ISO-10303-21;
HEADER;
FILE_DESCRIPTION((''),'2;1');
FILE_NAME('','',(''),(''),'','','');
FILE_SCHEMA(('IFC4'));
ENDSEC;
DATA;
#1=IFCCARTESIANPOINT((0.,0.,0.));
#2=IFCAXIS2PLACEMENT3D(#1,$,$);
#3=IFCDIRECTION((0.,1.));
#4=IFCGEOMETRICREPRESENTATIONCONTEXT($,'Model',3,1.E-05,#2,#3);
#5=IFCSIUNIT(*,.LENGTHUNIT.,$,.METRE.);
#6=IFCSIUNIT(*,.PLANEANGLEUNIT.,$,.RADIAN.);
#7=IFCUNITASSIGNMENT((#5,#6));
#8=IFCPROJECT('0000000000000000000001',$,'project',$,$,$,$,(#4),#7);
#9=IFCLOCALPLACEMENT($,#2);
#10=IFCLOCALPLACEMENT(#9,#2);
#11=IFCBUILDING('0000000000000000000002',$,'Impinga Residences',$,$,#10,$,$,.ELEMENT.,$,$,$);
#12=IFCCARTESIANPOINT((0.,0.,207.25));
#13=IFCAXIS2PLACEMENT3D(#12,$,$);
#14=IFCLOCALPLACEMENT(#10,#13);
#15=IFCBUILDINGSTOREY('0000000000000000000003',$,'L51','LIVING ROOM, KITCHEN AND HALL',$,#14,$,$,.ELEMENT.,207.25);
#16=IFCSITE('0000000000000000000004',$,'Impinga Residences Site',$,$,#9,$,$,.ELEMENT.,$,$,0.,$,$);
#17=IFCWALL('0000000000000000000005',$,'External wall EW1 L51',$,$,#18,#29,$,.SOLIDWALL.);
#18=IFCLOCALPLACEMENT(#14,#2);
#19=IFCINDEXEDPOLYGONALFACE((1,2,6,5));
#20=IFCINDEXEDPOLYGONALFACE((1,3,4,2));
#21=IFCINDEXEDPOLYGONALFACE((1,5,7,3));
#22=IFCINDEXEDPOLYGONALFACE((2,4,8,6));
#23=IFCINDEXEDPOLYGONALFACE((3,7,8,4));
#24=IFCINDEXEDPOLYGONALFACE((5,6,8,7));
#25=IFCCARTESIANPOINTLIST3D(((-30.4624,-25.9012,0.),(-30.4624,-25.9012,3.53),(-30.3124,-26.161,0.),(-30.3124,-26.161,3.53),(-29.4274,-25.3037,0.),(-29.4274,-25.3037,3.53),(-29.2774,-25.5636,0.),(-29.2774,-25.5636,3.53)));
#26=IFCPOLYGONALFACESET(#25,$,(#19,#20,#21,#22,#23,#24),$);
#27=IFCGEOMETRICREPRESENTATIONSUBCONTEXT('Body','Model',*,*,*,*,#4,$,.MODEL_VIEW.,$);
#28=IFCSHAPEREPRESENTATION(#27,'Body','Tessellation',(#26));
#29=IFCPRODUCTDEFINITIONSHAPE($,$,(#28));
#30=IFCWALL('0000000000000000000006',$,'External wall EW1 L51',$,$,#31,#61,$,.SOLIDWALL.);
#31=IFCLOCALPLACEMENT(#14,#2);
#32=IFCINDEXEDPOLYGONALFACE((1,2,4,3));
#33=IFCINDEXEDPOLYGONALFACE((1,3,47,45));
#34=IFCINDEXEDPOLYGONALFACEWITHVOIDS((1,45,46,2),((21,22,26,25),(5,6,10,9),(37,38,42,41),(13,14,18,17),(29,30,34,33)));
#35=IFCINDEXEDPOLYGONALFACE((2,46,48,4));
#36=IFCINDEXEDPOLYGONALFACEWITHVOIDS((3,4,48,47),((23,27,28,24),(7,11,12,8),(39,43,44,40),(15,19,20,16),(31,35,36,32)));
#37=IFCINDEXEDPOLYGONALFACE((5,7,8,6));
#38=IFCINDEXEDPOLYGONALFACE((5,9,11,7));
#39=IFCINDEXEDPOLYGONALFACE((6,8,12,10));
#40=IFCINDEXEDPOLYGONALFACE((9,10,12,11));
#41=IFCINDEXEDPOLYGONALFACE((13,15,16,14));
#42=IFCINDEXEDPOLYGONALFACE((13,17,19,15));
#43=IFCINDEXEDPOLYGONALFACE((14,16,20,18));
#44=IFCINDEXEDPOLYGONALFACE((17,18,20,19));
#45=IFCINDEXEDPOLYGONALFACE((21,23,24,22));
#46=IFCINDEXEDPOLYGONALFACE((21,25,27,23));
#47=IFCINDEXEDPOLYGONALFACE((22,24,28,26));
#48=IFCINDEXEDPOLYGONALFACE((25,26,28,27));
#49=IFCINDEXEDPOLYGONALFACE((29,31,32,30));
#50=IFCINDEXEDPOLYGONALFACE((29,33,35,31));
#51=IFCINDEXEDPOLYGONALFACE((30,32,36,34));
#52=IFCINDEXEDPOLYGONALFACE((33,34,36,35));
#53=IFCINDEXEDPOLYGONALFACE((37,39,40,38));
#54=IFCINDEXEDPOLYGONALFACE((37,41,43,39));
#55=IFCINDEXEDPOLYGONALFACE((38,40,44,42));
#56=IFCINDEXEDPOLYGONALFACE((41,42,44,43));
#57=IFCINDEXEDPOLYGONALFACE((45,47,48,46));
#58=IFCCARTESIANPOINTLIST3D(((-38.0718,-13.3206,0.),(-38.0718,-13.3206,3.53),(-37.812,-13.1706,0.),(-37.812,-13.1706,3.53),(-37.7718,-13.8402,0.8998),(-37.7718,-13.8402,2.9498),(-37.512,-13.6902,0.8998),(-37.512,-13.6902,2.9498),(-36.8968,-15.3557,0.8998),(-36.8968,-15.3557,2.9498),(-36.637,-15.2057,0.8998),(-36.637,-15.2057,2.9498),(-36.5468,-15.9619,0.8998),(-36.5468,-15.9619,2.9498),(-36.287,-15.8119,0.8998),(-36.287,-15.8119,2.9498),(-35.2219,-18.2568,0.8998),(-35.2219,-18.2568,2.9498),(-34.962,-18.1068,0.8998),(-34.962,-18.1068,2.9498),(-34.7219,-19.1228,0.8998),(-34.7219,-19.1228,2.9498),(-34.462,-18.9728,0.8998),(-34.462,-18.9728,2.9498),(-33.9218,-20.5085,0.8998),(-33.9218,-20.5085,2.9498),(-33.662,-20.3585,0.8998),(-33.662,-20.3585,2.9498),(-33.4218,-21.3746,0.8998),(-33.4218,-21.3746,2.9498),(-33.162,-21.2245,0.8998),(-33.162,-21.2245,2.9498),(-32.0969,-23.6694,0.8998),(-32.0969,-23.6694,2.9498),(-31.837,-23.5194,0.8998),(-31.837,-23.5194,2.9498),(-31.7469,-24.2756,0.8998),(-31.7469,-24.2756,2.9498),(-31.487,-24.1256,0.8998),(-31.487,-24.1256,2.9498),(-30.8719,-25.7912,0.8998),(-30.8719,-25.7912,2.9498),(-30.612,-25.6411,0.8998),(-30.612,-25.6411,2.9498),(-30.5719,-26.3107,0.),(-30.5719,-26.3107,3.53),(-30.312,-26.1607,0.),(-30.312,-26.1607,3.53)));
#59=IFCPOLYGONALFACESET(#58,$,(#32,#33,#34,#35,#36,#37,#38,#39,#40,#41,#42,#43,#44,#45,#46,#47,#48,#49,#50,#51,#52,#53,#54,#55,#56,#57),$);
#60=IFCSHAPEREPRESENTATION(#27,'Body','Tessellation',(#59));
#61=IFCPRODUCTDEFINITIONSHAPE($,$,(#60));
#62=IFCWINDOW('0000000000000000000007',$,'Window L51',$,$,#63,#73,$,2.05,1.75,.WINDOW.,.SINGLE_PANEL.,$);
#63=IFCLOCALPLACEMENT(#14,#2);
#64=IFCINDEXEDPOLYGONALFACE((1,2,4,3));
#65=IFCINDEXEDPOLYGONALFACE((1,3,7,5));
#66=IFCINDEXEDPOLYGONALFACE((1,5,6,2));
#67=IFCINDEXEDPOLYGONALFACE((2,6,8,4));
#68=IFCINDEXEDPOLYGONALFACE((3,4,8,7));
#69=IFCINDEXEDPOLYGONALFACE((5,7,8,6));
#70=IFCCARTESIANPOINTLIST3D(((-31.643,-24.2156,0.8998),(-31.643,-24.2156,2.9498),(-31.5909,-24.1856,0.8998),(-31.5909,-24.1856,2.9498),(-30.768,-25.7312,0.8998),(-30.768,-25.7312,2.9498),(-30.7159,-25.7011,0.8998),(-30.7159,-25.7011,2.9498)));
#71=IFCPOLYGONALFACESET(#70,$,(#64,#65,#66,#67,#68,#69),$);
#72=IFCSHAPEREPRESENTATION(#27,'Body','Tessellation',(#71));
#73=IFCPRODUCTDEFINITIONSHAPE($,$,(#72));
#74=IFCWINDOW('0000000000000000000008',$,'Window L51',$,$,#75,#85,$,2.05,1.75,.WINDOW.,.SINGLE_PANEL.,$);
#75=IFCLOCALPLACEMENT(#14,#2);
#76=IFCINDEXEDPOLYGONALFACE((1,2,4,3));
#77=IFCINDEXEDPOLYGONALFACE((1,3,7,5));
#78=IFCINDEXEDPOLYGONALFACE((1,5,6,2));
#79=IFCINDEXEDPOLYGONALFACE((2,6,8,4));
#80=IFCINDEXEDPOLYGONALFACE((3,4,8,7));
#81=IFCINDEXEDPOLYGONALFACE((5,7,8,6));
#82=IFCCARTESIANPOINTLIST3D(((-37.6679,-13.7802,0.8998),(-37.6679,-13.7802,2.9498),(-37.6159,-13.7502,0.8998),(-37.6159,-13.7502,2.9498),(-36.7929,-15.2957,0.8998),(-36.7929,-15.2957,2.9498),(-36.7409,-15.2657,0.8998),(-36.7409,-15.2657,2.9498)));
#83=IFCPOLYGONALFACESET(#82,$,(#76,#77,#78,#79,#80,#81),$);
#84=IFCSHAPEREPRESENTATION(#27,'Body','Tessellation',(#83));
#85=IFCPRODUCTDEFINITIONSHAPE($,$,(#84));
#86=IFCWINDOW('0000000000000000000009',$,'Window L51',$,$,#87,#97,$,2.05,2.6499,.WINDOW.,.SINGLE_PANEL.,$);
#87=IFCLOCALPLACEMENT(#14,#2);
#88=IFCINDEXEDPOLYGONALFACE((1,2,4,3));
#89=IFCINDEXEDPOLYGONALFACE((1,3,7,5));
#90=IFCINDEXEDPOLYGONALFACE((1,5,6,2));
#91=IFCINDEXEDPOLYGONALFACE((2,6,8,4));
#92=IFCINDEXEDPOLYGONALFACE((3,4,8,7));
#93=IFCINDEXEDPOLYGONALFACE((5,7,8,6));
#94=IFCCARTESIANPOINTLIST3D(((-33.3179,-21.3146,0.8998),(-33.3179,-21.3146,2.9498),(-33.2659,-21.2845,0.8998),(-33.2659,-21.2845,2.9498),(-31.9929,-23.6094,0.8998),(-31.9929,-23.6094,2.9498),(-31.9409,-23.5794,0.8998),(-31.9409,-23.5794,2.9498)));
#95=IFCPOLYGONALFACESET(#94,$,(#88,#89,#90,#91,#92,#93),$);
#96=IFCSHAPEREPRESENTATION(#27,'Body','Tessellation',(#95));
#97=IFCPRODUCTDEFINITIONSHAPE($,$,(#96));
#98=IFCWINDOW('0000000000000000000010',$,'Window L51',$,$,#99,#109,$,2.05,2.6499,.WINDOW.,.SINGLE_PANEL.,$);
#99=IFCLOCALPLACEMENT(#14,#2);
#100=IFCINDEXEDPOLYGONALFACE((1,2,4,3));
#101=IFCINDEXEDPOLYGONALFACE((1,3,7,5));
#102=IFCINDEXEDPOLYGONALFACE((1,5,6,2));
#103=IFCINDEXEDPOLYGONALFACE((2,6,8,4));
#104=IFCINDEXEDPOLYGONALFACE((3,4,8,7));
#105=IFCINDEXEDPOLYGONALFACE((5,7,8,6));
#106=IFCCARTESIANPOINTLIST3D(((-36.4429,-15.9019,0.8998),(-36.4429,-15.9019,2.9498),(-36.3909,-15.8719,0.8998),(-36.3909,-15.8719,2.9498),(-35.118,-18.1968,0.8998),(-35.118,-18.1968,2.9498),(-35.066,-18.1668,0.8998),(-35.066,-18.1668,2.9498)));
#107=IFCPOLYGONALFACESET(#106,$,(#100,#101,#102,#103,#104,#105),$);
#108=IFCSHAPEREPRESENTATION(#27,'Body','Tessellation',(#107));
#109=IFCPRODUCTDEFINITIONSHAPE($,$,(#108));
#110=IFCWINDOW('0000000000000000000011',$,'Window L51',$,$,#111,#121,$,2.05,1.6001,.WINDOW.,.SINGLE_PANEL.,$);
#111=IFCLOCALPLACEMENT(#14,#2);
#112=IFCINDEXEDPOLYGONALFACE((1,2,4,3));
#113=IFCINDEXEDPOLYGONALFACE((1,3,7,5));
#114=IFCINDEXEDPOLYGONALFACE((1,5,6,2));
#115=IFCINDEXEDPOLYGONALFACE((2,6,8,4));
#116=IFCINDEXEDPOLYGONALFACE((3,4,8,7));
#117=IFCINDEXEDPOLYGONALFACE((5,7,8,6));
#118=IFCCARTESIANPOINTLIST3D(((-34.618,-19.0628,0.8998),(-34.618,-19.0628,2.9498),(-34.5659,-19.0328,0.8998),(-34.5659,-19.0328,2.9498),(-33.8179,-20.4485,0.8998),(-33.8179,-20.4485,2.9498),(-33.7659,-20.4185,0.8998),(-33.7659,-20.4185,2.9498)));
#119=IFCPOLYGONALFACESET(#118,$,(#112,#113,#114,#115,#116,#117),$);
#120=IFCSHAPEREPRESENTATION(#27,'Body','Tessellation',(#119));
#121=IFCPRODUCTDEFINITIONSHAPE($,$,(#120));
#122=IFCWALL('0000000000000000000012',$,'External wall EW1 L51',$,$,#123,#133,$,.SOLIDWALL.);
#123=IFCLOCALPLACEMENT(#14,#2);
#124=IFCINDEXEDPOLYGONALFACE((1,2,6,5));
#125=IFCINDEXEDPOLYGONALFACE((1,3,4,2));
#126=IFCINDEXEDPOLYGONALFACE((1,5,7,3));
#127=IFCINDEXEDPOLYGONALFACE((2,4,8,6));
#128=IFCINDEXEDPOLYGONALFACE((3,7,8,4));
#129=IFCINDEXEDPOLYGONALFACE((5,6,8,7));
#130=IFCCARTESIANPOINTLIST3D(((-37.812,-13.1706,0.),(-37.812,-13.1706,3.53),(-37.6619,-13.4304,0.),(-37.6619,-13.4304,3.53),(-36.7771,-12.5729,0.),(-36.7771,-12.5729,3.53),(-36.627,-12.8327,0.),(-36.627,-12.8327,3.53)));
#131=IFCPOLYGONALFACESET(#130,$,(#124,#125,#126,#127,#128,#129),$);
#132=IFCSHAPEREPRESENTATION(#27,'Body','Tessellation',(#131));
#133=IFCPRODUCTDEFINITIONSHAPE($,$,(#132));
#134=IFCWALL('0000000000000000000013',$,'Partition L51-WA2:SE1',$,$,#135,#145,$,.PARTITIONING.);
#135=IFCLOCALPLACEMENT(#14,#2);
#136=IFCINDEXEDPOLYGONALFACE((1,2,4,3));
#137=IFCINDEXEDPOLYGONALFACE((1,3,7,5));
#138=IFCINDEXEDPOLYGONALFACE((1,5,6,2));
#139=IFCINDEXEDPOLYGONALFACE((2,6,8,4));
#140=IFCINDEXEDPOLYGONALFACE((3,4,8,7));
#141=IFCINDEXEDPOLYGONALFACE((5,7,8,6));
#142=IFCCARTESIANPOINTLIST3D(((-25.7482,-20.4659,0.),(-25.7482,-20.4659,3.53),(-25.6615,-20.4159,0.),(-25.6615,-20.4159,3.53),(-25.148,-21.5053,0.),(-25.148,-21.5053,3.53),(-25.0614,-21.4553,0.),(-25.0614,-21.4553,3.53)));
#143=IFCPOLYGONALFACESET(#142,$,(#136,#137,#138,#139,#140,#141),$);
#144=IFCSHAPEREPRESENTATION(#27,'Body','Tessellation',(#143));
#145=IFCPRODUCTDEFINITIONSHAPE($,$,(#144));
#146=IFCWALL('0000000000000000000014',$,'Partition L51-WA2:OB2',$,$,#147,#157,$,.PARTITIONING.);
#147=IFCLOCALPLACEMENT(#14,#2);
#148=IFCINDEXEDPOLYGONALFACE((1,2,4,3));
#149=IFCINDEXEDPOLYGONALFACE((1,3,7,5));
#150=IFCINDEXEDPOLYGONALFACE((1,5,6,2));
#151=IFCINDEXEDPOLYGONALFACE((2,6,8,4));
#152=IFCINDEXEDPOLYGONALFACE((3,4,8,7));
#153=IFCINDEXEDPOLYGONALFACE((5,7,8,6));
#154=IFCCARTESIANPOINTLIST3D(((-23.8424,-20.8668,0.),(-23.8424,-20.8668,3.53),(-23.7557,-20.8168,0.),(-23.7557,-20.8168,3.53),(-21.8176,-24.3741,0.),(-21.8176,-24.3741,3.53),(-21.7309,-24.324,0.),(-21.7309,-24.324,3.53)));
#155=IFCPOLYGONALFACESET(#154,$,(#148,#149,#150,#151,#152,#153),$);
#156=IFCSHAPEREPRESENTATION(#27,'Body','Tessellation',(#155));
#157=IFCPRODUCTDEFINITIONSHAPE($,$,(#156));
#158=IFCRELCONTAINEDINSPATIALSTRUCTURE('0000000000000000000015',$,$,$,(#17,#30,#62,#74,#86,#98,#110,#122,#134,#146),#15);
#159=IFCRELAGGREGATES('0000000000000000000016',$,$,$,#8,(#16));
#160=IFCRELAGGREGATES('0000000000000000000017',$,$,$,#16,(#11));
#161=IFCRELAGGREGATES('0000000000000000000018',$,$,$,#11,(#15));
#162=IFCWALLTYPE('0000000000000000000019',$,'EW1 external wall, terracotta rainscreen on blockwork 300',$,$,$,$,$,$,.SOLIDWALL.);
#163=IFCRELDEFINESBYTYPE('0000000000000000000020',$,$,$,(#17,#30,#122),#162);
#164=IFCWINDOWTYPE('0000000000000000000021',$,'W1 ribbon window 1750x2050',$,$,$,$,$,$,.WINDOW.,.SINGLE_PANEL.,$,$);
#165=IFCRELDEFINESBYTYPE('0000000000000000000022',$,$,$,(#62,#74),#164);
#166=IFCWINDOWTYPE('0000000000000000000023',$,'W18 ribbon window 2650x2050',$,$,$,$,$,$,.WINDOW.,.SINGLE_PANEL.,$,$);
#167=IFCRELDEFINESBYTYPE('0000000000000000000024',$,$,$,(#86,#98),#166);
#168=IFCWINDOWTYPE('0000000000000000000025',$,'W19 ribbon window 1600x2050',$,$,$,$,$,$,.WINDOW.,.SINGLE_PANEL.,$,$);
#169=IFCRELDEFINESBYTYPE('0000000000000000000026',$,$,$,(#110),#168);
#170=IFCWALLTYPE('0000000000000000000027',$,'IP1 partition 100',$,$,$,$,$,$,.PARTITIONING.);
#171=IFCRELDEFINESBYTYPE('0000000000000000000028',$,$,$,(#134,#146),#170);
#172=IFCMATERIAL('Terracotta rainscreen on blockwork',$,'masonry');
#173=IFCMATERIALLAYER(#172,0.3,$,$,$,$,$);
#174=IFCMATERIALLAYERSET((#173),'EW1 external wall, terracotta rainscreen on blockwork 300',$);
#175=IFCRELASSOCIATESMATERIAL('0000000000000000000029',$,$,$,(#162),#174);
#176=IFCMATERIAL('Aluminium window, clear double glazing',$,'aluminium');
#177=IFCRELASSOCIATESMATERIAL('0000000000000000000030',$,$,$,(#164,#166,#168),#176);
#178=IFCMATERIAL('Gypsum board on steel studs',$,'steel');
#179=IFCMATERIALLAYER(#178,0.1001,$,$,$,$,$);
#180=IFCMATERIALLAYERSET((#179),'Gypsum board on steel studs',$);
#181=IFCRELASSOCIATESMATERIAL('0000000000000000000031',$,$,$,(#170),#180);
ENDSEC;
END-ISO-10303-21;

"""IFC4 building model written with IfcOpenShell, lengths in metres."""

from ifc_helpers import new_model, si_unit, direction, frame, frame_2d, origin, place, context, subcontext, project, spatial, rectangle, extrude, material, layer, layer_set, type_object, element, fill, save


model = new_model("IFC4")

# Units and contexts
model_context = context("Model", 3, precision=1e-05, world=origin(), true_north=direction((0.0, 1.0)))
body_context = subcontext(model_context, "Body", "Model", "MODEL_VIEW")
ifc_project = project(units=[si_unit("LENGTHUNIT", "METRE"), si_unit("PLANEANGLEUNIT", "RADIAN")], contexts=[model_context])

# Site, building, storey
site_placement = place(None, origin())
site = spatial("IfcSite", under=ifc_project, at=site_placement, Name="Impinga Residences Site", CompositionType="ELEMENT", RefElevation=0.0)
building_placement = place(site_placement, origin())
building = spatial("IfcBuilding", under=site, at=building_placement, Name="Impinga Residences", CompositionType="ELEMENT")
storey_placement = place(building_placement, frame((0.0, 0.0, 207.25)))
storey = spatial("IfcBuildingStorey", under=building, at=storey_placement, Name="L51", Description="LIVING ROOM, KITCHEN AND HALL", CompositionType="ELEMENT", Elevation=207.25)

# Wall
ifc_material_1 = material(Name="Terracotta rainscreen on blockwork", Category="masonry")
ifc_layer_1 = layer(ifc_material_1, 0.3)
ifc_layer_set_1 = layer_set([ifc_layer_1], Name="EW1 external wall, terracotta rainscreen on blockwork 300")
wall_type_1 = type_object("IfcWallType", Name="EW1 external wall, terracotta rainscreen on blockwork 300", PredefinedType="SOLIDWALL", material=ifc_layer_set_1)
wall_1_placement = place(storey_placement, frame((-29.3523, -25.4336, 0.0), z_axis=(0.0, 0.0, 1.0), x_axis=(-0.86606, -0.499941, 0.0)))
element("IfcWall", 1, at=wall_1_placement, inside=storey, type_object=wall_type_1, Name="External wall EW1 L51", PredefinedType="SOLIDWALL", context=body_context, shape_type="SweptSolid", body=[
    extrude(rectangle(XDim=1.1951, YDim=0.3, at=frame_2d((0.5977, 0.0))), origin(), (0.0, 0.0, 1.0), 3.53),
])

# Wall, openings, windows
wall_2_placement = place(storey_placement, frame((-30.4419, -26.2358, 0.0), z_axis=(0.0, 0.0, 1.0), x_axis=(-0.500004, 0.866023, 0.0)))
wall_2 = element("IfcWall", 2, at=wall_2_placement, inside=storey, type_object=wall_type_1, Name="External wall EW1 L51", PredefinedType="SOLIDWALL", context=body_context, shape_type="SweptSolid", body=[
    extrude(rectangle(XDim=14.9998, YDim=0.3, at=frame_2d((7.5, 0.0))), origin(), (0.0, 0.0, 1.0), 3.53),
])
opening_1_placement = place(wall_2_placement, frame((0.6001, 0.0, 0.8999)))
opening_1 = element("IfcOpeningElement", 3, at=opening_1_placement, cuts=wall_2, PredefinedType="OPENING", context=body_context, shape_type="SweptSolid", body=[
    extrude(rectangle(XDim=1.75, YDim=2.05, at=frame_2d((0.875, 1.0249))), frame((0.0, 0.1599, 0.0), z_axis=(0.0, -1.0, 0.0), x_axis=(1.0, 0.0, 0.0)), (0.0, 0.0, 1.0), 0.3201),
])
opening_2_placement = place(wall_2_placement, frame((3.05, 0.0, 0.8999)))
opening_2 = element("IfcOpeningElement", 4, at=opening_2_placement, cuts=wall_2, PredefinedType="OPENING", context=body_context, shape_type="SweptSolid", body=[
    extrude(rectangle(XDim=2.6499, YDim=2.05, at=frame_2d((1.325, 1.0249))), frame((0.0, 0.1599, 0.0), z_axis=(0.0, -1.0, 0.0), x_axis=(1.0, 0.0, 0.0)), (0.0, 0.0, 1.0), 0.3201),
])
opening_3_placement = place(wall_2_placement, frame((6.7, 0.0, 0.8999)))
opening_3 = element("IfcOpeningElement", 5, at=opening_3_placement, cuts=wall_2, PredefinedType="OPENING", context=body_context, shape_type="SweptSolid", body=[
    extrude(rectangle(XDim=1.6001, YDim=2.05, at=frame_2d((0.8, 1.0249))), frame((0.0, 0.1599, 0.0), z_axis=(0.0, -1.0, 0.0), x_axis=(1.0, 0.0, 0.0)), (0.0, 0.0, 1.0), 0.3201),
])
opening_4_placement = place(wall_2_placement, frame((9.3, 0.0, 0.8999)))
opening_4 = element("IfcOpeningElement", 6, at=opening_4_placement, cuts=wall_2, PredefinedType="OPENING", context=body_context, shape_type="SweptSolid", body=[
    extrude(rectangle(XDim=2.6499, YDim=2.05, at=frame_2d((1.325, 1.0249))), frame((0.0, 0.1599, 0.0), z_axis=(0.0, -1.0, 0.0), x_axis=(1.0, 0.0, 0.0)), (0.0, 0.0, 1.0), 0.3201),
])
opening_5_placement = place(wall_2_placement, frame((12.6499, 0.0, 0.8999)))
opening_5 = element("IfcOpeningElement", 7, at=opening_5_placement, cuts=wall_2, PredefinedType="OPENING", context=body_context, shape_type="SweptSolid", body=[
    extrude(rectangle(XDim=1.75, YDim=2.05, at=frame_2d((0.875, 1.0249))), frame((0.0, 0.1599, 0.0), z_axis=(0.0, -1.0, 0.0), x_axis=(1.0, 0.0, 0.0)), (0.0, 0.0, 1.0), 0.3201),
])
ifc_material_2 = material(Name="Aluminium window, clear double glazing", Category="aluminium")
window_type_1 = type_object("IfcWindowType", Name="W1 ribbon window 1750x2050", PartitioningType="SINGLE_PANEL", PredefinedType="WINDOW", material=ifc_material_2)
window_1_placement = place(opening_1_placement, origin())
window_1 = element("IfcWindow", 8, at=window_1_placement, inside=storey, type_object=window_type_1, Name="Window L51", OverallHeight=2.05, OverallWidth=1.75, PartitioningType="SINGLE_PANEL", PredefinedType="WINDOW", context=body_context, shape_type="SweptSolid", body=[
    extrude(rectangle(XDim=1.75, YDim=2.05, at=frame_2d((0.875, 1.0249))), frame((0.0, 0.03, 0.0), z_axis=(0.0, -1.0, 0.0), x_axis=(1.0, 0.0, 0.0)), (0.0, 0.0, 1.0), 0.0601),
])
fill(opening_1, window_1)
window_2_placement = place(opening_5_placement, origin())
window_2 = element("IfcWindow", 9, at=window_2_placement, inside=storey, type_object=window_type_1, Name="Window L51", OverallHeight=2.05, OverallWidth=1.75, PartitioningType="SINGLE_PANEL", PredefinedType="WINDOW", context=body_context, shape_type="SweptSolid", body=[
    extrude(rectangle(XDim=1.75, YDim=2.05, at=frame_2d((0.875, 1.0249))), frame((0.0, 0.03, 0.0), z_axis=(0.0, -1.0, 0.0), x_axis=(1.0, 0.0, 0.0)), (0.0, 0.0, 1.0), 0.0601),
])
fill(opening_5, window_2)
window_type_2 = type_object("IfcWindowType", Name="W18 ribbon window 2650x2050", PartitioningType="SINGLE_PANEL", PredefinedType="WINDOW", material=ifc_material_2)
window_3_placement = place(opening_2_placement, origin())
window_3 = element("IfcWindow", 10, at=window_3_placement, inside=storey, type_object=window_type_2, Name="Window L51", OverallHeight=2.05, OverallWidth=2.6499, PartitioningType="SINGLE_PANEL", PredefinedType="WINDOW", context=body_context, shape_type="SweptSolid", body=[
    extrude(rectangle(XDim=2.6499, YDim=2.05, at=frame_2d((1.325, 1.0249))), frame((0.0, 0.03, 0.0), z_axis=(0.0, -1.0, 0.0), x_axis=(1.0, 0.0, 0.0)), (0.0, 0.0, 1.0), 0.0601),
])
fill(opening_2, window_3)
window_4_placement = place(opening_4_placement, origin())
window_4 = element("IfcWindow", 11, at=window_4_placement, inside=storey, type_object=window_type_2, Name="Window L51", OverallHeight=2.05, OverallWidth=2.6499, PartitioningType="SINGLE_PANEL", PredefinedType="WINDOW", context=body_context, shape_type="SweptSolid", body=[
    extrude(rectangle(XDim=2.6499, YDim=2.05, at=frame_2d((1.325, 1.0249))), frame((0.0, 0.03, 0.0), z_axis=(0.0, -1.0, 0.0), x_axis=(1.0, 0.0, 0.0)), (0.0, 0.0, 1.0), 0.0601),
])
fill(opening_4, window_4)
window_type_3 = type_object("IfcWindowType", Name="W19 ribbon window 1600x2050", PartitioningType="SINGLE_PANEL", PredefinedType="WINDOW", material=ifc_material_2)
window_5_placement = place(opening_3_placement, origin())
window_5 = element("IfcWindow", 12, at=window_5_placement, inside=storey, type_object=window_type_3, Name="Window L51", OverallHeight=2.05, OverallWidth=1.6001, PartitioningType="SINGLE_PANEL", PredefinedType="WINDOW", context=body_context, shape_type="SweptSolid", body=[
    extrude(rectangle(XDim=1.6001, YDim=2.05, at=frame_2d((0.8, 1.0249))), frame((0.0, 0.03, 0.0), z_axis=(0.0, -1.0, 0.0), x_axis=(1.0, 0.0, 0.0)), (0.0, 0.0, 1.0), 0.0601),
])
fill(opening_3, window_5)

# Walls
wall_3_placement = place(storey_placement, frame((-37.7371, -13.3005, 0.0), z_axis=(0.0, 0.0, 1.0), x_axis=(0.865971, 0.500094, 0.0)))
element("IfcWall", 13, at=wall_3_placement, inside=storey, type_object=wall_type_1, Name="External wall EW1 L51", PredefinedType="SOLIDWALL", context=body_context, shape_type="SweptSolid", body=[
    extrude(rectangle(XDim=1.1951, YDim=0.3, at=frame_2d((0.5977, 0.0))), origin(), (0.0, 0.0, 1.0), 3.53),
])
ifc_material_3 = material(Name="Gypsum board on steel studs", Category="steel")
ifc_layer_2 = layer(ifc_material_3, 0.1001)
ifc_layer_set_2 = layer_set([ifc_layer_2], Name="Gypsum board on steel studs")
wall_type_2 = type_object("IfcWallType", Name="IP1 partition 100", PredefinedType="PARTITIONING", material=ifc_layer_set_2)
wall_4_placement = place(storey_placement, frame((-25.7048, -20.4409, 0.0), z_axis=(0.0, 0.0, 1.0), x_axis=(0.500034, -0.866006, 0.0)))
element("IfcWall", 14, at=wall_4_placement, inside=storey, type_object=wall_type_2, Name="Partition L51-WA2:SE1", PredefinedType="PARTITIONING", context=body_context, shape_type="SweptSolid", body=[
    extrude(rectangle(XDim=1.2002, YDim=0.1001, at=frame_2d((0.6001, 0.0))), origin(), (0.0, 0.0, 1.0), 3.53),
])
wall_5_placement = place(storey_placement, frame((-23.7991, -20.8418, 0.0), z_axis=(0.0, 0.0, 1.0), x_axis=(0.49999, -0.866031, 0.0)))
element("IfcWall", 15, at=wall_5_placement, inside=storey, type_object=wall_type_2, Name="Partition L51-WA2:OB2", PredefinedType="PARTITIONING", context=body_context, shape_type="SweptSolid", body=[
    extrude(rectangle(XDim=4.0498, YDim=0.1001, at=frame_2d((2.0249, 0.0))), origin(), (0.0, 0.0, 1.0), 3.53),
])

save(model, "model.ifc")
